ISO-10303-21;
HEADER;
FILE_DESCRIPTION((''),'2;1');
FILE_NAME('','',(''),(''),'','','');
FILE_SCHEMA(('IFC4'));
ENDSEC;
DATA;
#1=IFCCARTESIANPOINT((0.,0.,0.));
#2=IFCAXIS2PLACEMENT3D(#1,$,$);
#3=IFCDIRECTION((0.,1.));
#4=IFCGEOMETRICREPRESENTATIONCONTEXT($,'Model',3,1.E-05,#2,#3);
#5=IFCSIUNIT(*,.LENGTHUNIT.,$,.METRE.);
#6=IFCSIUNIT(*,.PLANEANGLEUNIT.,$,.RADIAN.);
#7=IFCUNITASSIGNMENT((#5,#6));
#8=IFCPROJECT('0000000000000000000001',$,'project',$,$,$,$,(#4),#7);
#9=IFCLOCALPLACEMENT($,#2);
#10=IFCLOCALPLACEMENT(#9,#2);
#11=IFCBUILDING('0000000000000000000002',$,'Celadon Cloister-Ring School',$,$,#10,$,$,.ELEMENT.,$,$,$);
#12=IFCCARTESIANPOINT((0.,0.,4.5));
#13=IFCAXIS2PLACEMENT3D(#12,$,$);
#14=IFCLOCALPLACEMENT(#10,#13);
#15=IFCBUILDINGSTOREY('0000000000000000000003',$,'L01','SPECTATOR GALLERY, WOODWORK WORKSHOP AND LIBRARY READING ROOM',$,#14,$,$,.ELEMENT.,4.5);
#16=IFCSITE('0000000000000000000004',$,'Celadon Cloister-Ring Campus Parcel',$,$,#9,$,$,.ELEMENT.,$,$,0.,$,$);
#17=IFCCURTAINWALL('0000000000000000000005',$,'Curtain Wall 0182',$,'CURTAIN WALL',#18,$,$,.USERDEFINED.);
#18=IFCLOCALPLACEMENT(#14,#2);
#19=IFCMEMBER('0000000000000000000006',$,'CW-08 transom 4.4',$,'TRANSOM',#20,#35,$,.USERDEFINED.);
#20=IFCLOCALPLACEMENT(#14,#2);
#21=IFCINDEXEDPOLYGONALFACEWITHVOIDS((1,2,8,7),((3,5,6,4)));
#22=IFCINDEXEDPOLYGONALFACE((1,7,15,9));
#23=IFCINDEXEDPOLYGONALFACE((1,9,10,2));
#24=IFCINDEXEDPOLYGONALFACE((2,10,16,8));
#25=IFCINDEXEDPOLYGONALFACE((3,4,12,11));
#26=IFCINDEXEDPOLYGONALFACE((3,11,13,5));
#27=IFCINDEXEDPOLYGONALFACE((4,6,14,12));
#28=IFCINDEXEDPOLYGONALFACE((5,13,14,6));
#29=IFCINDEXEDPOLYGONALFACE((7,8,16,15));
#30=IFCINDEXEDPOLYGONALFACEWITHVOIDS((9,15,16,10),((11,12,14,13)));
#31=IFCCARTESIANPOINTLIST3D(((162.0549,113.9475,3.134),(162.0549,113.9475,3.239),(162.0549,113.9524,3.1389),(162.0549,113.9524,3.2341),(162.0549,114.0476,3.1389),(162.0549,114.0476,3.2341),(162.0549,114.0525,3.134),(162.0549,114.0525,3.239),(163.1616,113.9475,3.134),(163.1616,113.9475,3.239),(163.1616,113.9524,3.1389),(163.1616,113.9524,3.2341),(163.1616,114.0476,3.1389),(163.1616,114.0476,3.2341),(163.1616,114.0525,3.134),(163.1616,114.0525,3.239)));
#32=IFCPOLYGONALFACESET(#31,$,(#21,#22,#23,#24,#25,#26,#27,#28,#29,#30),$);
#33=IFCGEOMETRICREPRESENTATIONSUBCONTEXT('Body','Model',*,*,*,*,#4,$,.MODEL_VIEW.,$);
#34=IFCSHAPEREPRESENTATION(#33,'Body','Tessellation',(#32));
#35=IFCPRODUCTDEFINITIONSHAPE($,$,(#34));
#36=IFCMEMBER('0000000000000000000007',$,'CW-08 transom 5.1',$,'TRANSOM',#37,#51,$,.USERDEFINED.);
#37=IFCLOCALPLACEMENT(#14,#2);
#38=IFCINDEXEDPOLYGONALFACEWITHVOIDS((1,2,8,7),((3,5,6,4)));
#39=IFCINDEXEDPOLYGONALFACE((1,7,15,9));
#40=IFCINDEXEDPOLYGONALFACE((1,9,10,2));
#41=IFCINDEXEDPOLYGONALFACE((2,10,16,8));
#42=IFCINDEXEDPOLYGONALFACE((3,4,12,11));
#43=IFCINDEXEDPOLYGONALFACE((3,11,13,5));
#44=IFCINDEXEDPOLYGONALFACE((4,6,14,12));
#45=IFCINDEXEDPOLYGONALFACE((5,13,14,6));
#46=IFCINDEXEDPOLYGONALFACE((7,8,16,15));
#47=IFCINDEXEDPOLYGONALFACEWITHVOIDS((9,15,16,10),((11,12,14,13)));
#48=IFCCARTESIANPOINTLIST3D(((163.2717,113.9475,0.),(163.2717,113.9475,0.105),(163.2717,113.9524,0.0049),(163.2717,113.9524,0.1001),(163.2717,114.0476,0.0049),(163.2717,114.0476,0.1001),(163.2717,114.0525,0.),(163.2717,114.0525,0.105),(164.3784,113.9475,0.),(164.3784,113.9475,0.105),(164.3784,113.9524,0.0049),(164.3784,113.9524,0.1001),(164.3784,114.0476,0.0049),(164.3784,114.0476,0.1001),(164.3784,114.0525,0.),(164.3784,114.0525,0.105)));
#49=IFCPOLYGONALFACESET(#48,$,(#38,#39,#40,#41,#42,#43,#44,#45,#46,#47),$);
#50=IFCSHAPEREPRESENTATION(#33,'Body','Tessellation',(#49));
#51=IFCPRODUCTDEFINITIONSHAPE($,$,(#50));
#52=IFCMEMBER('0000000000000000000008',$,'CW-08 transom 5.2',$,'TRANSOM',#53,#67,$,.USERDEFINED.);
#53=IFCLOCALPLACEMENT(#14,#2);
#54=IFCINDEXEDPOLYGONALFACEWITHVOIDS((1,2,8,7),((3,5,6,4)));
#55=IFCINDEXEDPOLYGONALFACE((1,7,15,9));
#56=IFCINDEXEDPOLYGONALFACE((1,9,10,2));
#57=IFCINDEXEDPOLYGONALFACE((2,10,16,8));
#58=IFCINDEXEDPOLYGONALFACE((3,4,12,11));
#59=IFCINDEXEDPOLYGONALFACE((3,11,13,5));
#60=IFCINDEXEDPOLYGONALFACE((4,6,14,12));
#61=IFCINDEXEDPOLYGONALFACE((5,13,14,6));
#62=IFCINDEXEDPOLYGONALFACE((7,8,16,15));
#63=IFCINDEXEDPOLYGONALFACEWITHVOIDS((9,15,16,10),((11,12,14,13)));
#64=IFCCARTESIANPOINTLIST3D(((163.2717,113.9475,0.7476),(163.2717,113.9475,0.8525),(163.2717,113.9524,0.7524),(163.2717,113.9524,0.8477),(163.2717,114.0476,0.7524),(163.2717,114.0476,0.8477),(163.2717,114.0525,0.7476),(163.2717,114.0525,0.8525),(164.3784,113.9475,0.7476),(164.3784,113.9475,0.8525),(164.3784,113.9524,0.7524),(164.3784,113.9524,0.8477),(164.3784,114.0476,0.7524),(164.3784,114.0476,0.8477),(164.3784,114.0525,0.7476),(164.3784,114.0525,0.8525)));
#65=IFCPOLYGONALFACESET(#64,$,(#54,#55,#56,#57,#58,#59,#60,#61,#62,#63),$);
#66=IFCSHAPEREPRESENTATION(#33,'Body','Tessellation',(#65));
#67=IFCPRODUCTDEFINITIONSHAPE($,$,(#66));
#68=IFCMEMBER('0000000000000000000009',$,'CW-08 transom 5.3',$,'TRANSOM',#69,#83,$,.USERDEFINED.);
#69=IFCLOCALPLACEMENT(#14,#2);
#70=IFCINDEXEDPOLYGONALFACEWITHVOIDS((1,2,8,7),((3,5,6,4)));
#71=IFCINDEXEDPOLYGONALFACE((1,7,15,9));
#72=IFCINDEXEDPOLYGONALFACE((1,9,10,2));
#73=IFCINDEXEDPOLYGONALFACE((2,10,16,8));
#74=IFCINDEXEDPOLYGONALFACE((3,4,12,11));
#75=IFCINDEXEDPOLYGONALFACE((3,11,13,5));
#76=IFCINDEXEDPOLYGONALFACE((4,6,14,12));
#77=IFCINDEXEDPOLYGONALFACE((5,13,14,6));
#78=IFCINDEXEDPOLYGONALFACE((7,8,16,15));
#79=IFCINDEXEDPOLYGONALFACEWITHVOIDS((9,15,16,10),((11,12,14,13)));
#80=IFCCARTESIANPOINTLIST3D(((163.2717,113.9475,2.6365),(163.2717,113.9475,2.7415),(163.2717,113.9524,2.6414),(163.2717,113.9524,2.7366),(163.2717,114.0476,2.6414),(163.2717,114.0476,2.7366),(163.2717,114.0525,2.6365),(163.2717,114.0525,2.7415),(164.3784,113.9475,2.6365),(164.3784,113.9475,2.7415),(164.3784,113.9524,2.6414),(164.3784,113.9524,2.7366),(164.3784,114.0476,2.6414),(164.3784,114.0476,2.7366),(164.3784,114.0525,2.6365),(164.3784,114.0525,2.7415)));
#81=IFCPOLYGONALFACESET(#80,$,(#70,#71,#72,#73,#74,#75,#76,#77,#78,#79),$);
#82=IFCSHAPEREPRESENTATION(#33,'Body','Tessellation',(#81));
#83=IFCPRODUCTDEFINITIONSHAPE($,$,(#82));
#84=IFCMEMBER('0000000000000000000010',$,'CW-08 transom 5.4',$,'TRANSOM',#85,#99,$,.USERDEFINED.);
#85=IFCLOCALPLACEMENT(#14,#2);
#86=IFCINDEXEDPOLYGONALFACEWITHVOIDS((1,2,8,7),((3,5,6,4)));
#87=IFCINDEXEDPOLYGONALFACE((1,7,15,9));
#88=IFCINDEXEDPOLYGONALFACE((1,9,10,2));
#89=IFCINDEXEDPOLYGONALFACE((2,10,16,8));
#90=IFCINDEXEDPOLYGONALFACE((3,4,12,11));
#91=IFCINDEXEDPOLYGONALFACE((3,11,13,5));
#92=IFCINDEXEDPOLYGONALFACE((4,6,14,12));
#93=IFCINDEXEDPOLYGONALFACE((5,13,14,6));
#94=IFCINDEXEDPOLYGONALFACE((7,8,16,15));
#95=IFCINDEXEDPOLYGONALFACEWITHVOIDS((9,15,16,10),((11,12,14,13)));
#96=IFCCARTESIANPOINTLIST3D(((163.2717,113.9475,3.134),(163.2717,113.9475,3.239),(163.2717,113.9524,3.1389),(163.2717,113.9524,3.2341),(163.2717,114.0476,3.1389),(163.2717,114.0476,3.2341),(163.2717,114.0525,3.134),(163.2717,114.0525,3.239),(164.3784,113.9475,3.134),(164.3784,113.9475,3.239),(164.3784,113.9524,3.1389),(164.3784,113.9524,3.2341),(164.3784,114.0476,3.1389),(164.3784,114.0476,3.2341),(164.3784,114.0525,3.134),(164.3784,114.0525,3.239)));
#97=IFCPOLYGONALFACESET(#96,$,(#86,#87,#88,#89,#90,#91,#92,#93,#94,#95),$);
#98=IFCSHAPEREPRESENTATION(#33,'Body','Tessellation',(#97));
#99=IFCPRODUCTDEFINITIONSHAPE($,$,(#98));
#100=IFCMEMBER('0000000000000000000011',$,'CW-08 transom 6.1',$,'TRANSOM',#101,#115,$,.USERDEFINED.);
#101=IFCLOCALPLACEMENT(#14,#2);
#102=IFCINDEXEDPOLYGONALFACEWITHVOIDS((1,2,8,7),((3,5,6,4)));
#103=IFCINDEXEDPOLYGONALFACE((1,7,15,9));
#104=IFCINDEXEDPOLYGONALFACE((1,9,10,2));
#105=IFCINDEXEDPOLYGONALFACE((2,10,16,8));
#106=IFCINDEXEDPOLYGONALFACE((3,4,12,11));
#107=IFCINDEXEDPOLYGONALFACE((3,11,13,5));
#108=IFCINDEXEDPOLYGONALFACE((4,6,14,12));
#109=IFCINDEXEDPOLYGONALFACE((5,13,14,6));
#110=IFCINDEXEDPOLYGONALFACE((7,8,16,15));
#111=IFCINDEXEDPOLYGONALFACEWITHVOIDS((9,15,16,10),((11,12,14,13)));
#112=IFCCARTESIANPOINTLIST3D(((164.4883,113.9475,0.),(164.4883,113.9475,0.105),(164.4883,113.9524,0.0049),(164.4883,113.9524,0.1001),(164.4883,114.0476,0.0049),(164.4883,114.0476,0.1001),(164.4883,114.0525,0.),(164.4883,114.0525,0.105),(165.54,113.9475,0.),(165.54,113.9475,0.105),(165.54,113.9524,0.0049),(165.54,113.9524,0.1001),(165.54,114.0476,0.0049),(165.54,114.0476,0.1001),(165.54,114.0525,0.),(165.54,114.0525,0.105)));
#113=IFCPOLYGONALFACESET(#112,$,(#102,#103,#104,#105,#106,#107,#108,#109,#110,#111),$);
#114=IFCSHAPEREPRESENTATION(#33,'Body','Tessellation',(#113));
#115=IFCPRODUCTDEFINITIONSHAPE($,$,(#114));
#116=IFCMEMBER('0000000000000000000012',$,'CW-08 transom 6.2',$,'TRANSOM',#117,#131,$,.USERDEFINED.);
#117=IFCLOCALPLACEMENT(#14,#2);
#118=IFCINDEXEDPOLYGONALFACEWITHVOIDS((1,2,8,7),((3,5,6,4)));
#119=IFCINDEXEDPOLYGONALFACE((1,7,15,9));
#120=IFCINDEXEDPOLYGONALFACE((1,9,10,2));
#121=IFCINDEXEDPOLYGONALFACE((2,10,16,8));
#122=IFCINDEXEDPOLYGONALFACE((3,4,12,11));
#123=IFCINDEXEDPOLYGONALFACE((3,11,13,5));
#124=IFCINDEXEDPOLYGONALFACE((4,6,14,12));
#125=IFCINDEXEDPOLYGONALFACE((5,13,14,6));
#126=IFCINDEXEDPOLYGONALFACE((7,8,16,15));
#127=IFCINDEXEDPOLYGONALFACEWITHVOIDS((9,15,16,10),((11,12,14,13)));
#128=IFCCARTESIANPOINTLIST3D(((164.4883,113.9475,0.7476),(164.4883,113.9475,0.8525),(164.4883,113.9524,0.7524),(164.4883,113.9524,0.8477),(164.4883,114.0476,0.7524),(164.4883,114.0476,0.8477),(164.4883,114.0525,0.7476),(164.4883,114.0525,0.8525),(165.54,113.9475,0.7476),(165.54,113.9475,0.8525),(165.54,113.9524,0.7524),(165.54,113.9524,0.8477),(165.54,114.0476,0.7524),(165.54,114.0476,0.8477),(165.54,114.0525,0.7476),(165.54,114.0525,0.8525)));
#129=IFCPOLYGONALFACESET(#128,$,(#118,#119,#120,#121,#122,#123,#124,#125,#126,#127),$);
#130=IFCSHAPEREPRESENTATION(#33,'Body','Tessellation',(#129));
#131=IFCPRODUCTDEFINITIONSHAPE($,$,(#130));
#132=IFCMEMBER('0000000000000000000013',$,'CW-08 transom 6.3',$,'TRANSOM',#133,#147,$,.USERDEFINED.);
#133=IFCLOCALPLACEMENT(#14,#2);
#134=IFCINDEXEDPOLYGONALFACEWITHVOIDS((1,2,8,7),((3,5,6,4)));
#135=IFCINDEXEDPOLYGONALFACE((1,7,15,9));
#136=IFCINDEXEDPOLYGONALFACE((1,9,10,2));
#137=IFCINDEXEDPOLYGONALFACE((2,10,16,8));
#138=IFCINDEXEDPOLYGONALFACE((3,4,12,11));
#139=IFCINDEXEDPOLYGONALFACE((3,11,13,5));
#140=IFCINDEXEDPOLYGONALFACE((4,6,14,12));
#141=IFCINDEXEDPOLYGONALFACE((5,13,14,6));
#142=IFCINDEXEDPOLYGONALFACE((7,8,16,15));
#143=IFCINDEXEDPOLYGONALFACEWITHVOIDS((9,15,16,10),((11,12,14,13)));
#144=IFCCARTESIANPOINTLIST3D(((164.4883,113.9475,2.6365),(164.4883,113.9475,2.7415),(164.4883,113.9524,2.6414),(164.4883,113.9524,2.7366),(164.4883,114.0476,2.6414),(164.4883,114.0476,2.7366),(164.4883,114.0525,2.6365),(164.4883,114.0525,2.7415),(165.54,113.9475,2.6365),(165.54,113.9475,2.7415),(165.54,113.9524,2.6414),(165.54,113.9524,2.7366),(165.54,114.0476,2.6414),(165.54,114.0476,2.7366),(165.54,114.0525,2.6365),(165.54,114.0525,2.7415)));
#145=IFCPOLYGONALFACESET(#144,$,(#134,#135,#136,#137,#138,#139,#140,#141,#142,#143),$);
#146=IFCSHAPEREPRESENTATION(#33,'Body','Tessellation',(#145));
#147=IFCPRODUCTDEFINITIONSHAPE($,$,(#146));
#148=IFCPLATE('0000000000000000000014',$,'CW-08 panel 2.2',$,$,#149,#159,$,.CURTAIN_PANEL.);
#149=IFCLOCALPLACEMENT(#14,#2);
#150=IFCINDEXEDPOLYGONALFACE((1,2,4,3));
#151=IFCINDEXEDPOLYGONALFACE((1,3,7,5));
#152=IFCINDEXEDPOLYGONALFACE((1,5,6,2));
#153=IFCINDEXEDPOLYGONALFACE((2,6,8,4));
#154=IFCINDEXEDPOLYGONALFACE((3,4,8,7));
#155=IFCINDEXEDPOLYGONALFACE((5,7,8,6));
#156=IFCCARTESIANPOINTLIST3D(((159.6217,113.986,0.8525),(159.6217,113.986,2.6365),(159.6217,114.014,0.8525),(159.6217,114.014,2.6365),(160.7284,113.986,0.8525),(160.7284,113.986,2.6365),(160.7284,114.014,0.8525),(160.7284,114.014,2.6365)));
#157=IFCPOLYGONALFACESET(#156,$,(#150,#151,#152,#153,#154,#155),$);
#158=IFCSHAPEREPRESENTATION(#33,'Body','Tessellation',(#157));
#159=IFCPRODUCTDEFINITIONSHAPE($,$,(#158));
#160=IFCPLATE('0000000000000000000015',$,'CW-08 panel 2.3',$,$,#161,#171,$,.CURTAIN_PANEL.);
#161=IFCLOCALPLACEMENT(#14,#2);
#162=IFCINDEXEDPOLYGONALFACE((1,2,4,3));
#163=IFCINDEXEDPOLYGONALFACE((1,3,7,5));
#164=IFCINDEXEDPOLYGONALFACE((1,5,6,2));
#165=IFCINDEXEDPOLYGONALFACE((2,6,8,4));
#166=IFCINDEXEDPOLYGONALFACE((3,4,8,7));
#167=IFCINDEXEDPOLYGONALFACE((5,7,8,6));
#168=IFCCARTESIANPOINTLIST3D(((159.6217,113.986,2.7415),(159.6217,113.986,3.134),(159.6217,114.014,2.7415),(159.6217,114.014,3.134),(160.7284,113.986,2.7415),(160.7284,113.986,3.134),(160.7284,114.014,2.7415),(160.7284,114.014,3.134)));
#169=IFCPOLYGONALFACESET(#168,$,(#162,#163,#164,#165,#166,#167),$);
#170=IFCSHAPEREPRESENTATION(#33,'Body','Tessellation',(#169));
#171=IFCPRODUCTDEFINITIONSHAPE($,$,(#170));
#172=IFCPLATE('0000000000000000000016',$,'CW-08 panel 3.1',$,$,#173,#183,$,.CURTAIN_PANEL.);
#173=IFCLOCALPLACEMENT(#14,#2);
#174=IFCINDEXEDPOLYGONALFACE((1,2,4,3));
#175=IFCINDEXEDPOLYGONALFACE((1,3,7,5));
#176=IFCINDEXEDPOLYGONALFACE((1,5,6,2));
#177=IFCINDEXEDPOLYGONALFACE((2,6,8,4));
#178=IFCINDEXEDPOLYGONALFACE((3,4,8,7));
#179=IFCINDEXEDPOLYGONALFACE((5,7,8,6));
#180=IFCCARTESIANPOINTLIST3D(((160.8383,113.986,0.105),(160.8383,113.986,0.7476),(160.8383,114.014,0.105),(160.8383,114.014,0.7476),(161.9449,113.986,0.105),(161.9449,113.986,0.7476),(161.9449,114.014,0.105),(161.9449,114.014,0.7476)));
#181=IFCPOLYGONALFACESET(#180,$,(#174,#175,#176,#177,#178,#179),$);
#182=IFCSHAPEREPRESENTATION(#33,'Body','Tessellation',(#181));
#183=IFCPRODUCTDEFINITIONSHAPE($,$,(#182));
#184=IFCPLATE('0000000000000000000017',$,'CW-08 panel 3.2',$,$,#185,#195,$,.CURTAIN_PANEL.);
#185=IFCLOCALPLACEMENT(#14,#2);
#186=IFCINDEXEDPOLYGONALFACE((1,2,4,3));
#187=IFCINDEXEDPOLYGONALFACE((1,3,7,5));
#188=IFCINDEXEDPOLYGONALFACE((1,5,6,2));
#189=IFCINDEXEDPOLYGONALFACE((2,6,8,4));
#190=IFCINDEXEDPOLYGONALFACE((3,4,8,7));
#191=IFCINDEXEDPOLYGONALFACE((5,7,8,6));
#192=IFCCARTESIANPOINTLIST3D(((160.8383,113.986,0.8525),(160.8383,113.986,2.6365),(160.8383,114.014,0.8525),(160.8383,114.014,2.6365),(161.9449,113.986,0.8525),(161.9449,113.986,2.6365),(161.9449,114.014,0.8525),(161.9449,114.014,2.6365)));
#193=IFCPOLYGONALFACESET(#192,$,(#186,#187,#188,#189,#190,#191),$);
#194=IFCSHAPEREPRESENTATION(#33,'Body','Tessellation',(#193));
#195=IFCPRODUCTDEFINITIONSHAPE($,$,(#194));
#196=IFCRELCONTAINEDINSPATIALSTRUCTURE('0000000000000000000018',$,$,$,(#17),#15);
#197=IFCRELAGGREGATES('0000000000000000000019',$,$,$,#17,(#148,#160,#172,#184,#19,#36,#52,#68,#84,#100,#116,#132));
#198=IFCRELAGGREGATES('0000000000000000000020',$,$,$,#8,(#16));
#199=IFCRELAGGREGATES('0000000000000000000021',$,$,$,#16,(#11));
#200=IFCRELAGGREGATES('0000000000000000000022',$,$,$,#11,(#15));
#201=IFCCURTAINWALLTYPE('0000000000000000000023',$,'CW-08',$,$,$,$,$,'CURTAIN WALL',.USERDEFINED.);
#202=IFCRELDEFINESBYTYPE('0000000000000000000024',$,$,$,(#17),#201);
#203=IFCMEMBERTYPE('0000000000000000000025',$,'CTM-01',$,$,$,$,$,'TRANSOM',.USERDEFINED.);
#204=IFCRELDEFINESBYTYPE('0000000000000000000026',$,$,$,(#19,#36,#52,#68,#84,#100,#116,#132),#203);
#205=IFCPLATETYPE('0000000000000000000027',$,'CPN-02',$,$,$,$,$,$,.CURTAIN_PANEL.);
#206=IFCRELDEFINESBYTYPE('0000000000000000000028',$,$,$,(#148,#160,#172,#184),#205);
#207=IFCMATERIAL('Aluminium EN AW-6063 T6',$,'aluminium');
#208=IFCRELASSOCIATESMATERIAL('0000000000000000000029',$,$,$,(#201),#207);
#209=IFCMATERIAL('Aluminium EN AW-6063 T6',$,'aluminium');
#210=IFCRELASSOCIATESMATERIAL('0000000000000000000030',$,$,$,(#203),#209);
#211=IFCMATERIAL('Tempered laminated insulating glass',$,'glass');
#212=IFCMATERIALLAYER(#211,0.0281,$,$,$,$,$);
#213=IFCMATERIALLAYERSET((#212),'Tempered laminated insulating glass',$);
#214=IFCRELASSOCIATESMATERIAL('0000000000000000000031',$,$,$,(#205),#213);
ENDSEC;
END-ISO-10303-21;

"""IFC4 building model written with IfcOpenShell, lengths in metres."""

from ifc_helpers import new_model, si_unit, direction, frame, origin, origin_2d, place, context, subcontext, project, spatial, rectangle, hollow_rectangle, extrude, material, layer, layer_set, material_profile, profile_set, type_object, element, aggregate, save


model = new_model("IFC4")

# Units and contexts
model_context = context("Model", 3, precision=1e-05, world=origin(), true_north=direction((0.0, 1.0)))
body_context = subcontext(model_context, "Body", "Model", "MODEL_VIEW")
ifc_project = project(units=[si_unit("LENGTHUNIT", "METRE"), si_unit("PLANEANGLEUNIT", "RADIAN")], contexts=[model_context])

# Site, building, storey
site_placement = place(None, origin())
site = spatial("IfcSite", under=ifc_project, at=site_placement, Name="Celadon Cloister-Ring Campus Parcel", CompositionType="ELEMENT", RefElevation=0.0)
building_placement = place(site_placement, origin())
building = spatial("IfcBuilding", under=site, at=building_placement, Name="Celadon Cloister-Ring School", CompositionType="ELEMENT")
storey_placement = place(building_placement, frame((0.0, 0.0, 4.5)))
storey = spatial("IfcBuildingStorey", under=building, at=storey_placement, Name="L01", Description="SPECTATOR GALLERY, WOODWORK WORKSHOP AND LIBRARY READING ROOM", CompositionType="ELEMENT", Elevation=4.5)

# Curtain wall, members, plates
ifc_material_1 = material(Name="Aluminium EN AW-6063 T6", Category="aluminium")
curtain_wall_type = type_object("IfcCurtainWallType", Name="CW-08", ElementType="CURTAIN WALL", PredefinedType="USERDEFINED", material=ifc_material_1)
curtain_wall_placement = place(storey_placement, origin())
curtain_wall = element("IfcCurtainWall", 1, at=curtain_wall_placement, inside=storey, type_object=curtain_wall_type, Name="Curtain Wall 0182", ObjectType="CURTAIN WALL", PredefinedType="USERDEFINED")
ifc_material_2 = material(Name="Aluminium EN AW-6063 T6", Category="aluminium")
ifc_material_profile_1 = material_profile(ifc_material_2, hollow_rectangle(XDim=0.105, YDim=0.105, WallThickness=0.0049, at=origin_2d()), Name="RHS105X105X5")
ifc_profile_set_1 = profile_set([ifc_material_profile_1], Name="Aluminium EN AW-6063 T6")
member_type_1 = type_object("IfcMemberType", Name="CTM-01", ElementType="TRANSOM", PredefinedType="USERDEFINED", material=ifc_profile_set_1)
member_1_placement = place(storey_placement, frame((162.0549, 114.0, 3.1865), z_axis=(1.0, 0.0, 0.0), x_axis=(0.0, 1.0, 0.0)))
member_1 = element("IfcMember", 2, at=member_1_placement, type_object=member_type_1, Name="CW-08 transom 4.4", ObjectType="TRANSOM", PredefinedType="USERDEFINED", context=body_context, shape_type="SweptSolid", body=[
    extrude(hollow_rectangle(XDim=0.105, YDim=0.105, WallThickness=0.0049, at=origin_2d()), origin(), (0.0, 0.0, 1.0), 1.1067),
])
member_2_placement = place(storey_placement, frame((163.2717, 114.0, 0.0525), z_axis=(1.0, 0.0, 0.0), x_axis=(0.0, 1.0, 0.0)))
member_2 = element("IfcMember", 3, at=member_2_placement, type_object=member_type_1, Name="CW-08 transom 5.1", ObjectType="TRANSOM", PredefinedType="USERDEFINED", context=body_context, shape_type="SweptSolid", body=[
    extrude(hollow_rectangle(XDim=0.105, YDim=0.105, WallThickness=0.0049, at=origin_2d()), origin(), (0.0, 0.0, 1.0), 1.1067),
])
member_3_placement = place(storey_placement, frame((163.2717, 114.0, 0.8), z_axis=(1.0, 0.0, 0.0), x_axis=(0.0, 1.0, 0.0)))
member_3 = element("IfcMember", 4, at=member_3_placement, type_object=member_type_1, Name="CW-08 transom 5.2", ObjectType="TRANSOM", PredefinedType="USERDEFINED", context=body_context, shape_type="SweptSolid", body=[
    extrude(hollow_rectangle(XDim=0.105, YDim=0.105, WallThickness=0.0049, at=origin_2d()), origin(), (0.0, 0.0, 1.0), 1.1067),
])
member_4_placement = place(storey_placement, frame((163.2717, 114.0, 2.689), z_axis=(1.0, 0.0, 0.0), x_axis=(0.0, 1.0, 0.0)))
member_4 = element("IfcMember", 5, at=member_4_placement, type_object=member_type_1, Name="CW-08 transom 5.3", ObjectType="TRANSOM", PredefinedType="USERDEFINED", context=body_context, shape_type="SweptSolid", body=[
    extrude(hollow_rectangle(XDim=0.105, YDim=0.105, WallThickness=0.0049, at=origin_2d()), origin(), (0.0, 0.0, 1.0), 1.1067),
])
member_5_placement = place(storey_placement, frame((163.2717, 114.0, 3.1865), z_axis=(1.0, 0.0, 0.0), x_axis=(0.0, 1.0, 0.0)))
member_5 = element("IfcMember", 6, at=member_5_placement, type_object=member_type_1, Name="CW-08 transom 5.4", ObjectType="TRANSOM", PredefinedType="USERDEFINED", context=body_context, shape_type="SweptSolid", body=[
    extrude(hollow_rectangle(XDim=0.105, YDim=0.105, WallThickness=0.0049, at=origin_2d()), origin(), (0.0, 0.0, 1.0), 1.1067),
])
member_6_placement = place(storey_placement, frame((164.4883, 114.0, 0.0525), z_axis=(1.0, 0.0, 0.0), x_axis=(0.0, 1.0, 0.0)))
member_6 = element("IfcMember", 7, at=member_6_placement, type_object=member_type_1, Name="CW-08 transom 6.1", ObjectType="TRANSOM", PredefinedType="USERDEFINED", context=body_context, shape_type="SweptSolid", body=[
    extrude(hollow_rectangle(XDim=0.105, YDim=0.105, WallThickness=0.0049, at=origin_2d()), origin(), (0.0, 0.0, 1.0), 1.0518),
])
member_7_placement = place(storey_placement, frame((164.4883, 114.0, 0.8), z_axis=(1.0, 0.0, 0.0), x_axis=(0.0, 1.0, 0.0)))
member_7 = element("IfcMember", 8, at=member_7_placement, type_object=member_type_1, Name="CW-08 transom 6.2", ObjectType="TRANSOM", PredefinedType="USERDEFINED", context=body_context, shape_type="SweptSolid", body=[
    extrude(hollow_rectangle(XDim=0.105, YDim=0.105, WallThickness=0.0049, at=origin_2d()), origin(), (0.0, 0.0, 1.0), 1.0518),
])
member_8_placement = place(storey_placement, frame((164.4883, 114.0, 2.689), z_axis=(1.0, 0.0, 0.0), x_axis=(0.0, 1.0, 0.0)))
member_8 = element("IfcMember", 9, at=member_8_placement, type_object=member_type_1, Name="CW-08 transom 6.3", ObjectType="TRANSOM", PredefinedType="USERDEFINED", context=body_context, shape_type="SweptSolid", body=[
    extrude(hollow_rectangle(XDim=0.105, YDim=0.105, WallThickness=0.0049, at=origin_2d()), origin(), (0.0, 0.0, 1.0), 1.0518),
])
ifc_material_3 = material(Name="Tempered laminated insulating glass", Category="glass")
ifc_layer = layer(ifc_material_3, 0.0281)
ifc_layer_set = layer_set([ifc_layer], Name="Tempered laminated insulating glass")
plate_type = type_object("IfcPlateType", Name="CPN-02", PredefinedType="CURTAIN_PANEL", material=ifc_layer_set)
plate_1_placement = place(storey_placement, frame((160.175, 114.0, 0.8525), z_axis=(0.0, 0.0, 1.0), x_axis=(1.0, 0.0, 0.0)))
plate_1 = element("IfcPlate", 10, at=plate_1_placement, type_object=plate_type, Name="CW-08 panel 2.2", PredefinedType="CURTAIN_PANEL", context=body_context, shape_type="SweptSolid", body=[
    extrude(rectangle(XDim=1.1067, YDim=0.0281, at=origin_2d()), origin(), (0.0, 0.0, 1.0), 1.7839),
])
plate_2_placement = place(storey_placement, frame((160.175, 114.0, 2.7415), z_axis=(0.0, 0.0, 1.0), x_axis=(1.0, 0.0, 0.0)))
plate_2 = element("IfcPlate", 11, at=plate_2_placement, type_object=plate_type, Name="CW-08 panel 2.3", PredefinedType="CURTAIN_PANEL", context=body_context, shape_type="SweptSolid", body=[
    extrude(rectangle(XDim=1.1067, YDim=0.0281, at=origin_2d()), origin(), (0.0, 0.0, 1.0), 0.3926),
])
plate_3_placement = place(storey_placement, frame((161.3916, 114.0, 0.105), z_axis=(0.0, 0.0, 1.0), x_axis=(1.0, 0.0, 0.0)))
plate_3 = element("IfcPlate", 12, at=plate_3_placement, type_object=plate_type, Name="CW-08 panel 3.1", PredefinedType="CURTAIN_PANEL", context=body_context, shape_type="SweptSolid", body=[
    extrude(rectangle(XDim=1.1067, YDim=0.0281, at=origin_2d()), origin(), (0.0, 0.0, 1.0), 0.6426),
])
plate_4_placement = place(storey_placement, frame((161.3916, 114.0, 0.8525), z_axis=(0.0, 0.0, 1.0), x_axis=(1.0, 0.0, 0.0)))
plate_4 = element("IfcPlate", 13, at=plate_4_placement, type_object=plate_type, Name="CW-08 panel 3.2", PredefinedType="CURTAIN_PANEL", context=body_context, shape_type="SweptSolid", body=[
    extrude(rectangle(XDim=1.1067, YDim=0.0281, at=origin_2d()), origin(), (0.0, 0.0, 1.0), 1.7839),
])
aggregate(curtain_wall, [plate_1, plate_2, plate_3, plate_4, member_1, member_2, member_3, member_4, member_5, member_6, member_7, member_8])

save(model, "model.ifc")
